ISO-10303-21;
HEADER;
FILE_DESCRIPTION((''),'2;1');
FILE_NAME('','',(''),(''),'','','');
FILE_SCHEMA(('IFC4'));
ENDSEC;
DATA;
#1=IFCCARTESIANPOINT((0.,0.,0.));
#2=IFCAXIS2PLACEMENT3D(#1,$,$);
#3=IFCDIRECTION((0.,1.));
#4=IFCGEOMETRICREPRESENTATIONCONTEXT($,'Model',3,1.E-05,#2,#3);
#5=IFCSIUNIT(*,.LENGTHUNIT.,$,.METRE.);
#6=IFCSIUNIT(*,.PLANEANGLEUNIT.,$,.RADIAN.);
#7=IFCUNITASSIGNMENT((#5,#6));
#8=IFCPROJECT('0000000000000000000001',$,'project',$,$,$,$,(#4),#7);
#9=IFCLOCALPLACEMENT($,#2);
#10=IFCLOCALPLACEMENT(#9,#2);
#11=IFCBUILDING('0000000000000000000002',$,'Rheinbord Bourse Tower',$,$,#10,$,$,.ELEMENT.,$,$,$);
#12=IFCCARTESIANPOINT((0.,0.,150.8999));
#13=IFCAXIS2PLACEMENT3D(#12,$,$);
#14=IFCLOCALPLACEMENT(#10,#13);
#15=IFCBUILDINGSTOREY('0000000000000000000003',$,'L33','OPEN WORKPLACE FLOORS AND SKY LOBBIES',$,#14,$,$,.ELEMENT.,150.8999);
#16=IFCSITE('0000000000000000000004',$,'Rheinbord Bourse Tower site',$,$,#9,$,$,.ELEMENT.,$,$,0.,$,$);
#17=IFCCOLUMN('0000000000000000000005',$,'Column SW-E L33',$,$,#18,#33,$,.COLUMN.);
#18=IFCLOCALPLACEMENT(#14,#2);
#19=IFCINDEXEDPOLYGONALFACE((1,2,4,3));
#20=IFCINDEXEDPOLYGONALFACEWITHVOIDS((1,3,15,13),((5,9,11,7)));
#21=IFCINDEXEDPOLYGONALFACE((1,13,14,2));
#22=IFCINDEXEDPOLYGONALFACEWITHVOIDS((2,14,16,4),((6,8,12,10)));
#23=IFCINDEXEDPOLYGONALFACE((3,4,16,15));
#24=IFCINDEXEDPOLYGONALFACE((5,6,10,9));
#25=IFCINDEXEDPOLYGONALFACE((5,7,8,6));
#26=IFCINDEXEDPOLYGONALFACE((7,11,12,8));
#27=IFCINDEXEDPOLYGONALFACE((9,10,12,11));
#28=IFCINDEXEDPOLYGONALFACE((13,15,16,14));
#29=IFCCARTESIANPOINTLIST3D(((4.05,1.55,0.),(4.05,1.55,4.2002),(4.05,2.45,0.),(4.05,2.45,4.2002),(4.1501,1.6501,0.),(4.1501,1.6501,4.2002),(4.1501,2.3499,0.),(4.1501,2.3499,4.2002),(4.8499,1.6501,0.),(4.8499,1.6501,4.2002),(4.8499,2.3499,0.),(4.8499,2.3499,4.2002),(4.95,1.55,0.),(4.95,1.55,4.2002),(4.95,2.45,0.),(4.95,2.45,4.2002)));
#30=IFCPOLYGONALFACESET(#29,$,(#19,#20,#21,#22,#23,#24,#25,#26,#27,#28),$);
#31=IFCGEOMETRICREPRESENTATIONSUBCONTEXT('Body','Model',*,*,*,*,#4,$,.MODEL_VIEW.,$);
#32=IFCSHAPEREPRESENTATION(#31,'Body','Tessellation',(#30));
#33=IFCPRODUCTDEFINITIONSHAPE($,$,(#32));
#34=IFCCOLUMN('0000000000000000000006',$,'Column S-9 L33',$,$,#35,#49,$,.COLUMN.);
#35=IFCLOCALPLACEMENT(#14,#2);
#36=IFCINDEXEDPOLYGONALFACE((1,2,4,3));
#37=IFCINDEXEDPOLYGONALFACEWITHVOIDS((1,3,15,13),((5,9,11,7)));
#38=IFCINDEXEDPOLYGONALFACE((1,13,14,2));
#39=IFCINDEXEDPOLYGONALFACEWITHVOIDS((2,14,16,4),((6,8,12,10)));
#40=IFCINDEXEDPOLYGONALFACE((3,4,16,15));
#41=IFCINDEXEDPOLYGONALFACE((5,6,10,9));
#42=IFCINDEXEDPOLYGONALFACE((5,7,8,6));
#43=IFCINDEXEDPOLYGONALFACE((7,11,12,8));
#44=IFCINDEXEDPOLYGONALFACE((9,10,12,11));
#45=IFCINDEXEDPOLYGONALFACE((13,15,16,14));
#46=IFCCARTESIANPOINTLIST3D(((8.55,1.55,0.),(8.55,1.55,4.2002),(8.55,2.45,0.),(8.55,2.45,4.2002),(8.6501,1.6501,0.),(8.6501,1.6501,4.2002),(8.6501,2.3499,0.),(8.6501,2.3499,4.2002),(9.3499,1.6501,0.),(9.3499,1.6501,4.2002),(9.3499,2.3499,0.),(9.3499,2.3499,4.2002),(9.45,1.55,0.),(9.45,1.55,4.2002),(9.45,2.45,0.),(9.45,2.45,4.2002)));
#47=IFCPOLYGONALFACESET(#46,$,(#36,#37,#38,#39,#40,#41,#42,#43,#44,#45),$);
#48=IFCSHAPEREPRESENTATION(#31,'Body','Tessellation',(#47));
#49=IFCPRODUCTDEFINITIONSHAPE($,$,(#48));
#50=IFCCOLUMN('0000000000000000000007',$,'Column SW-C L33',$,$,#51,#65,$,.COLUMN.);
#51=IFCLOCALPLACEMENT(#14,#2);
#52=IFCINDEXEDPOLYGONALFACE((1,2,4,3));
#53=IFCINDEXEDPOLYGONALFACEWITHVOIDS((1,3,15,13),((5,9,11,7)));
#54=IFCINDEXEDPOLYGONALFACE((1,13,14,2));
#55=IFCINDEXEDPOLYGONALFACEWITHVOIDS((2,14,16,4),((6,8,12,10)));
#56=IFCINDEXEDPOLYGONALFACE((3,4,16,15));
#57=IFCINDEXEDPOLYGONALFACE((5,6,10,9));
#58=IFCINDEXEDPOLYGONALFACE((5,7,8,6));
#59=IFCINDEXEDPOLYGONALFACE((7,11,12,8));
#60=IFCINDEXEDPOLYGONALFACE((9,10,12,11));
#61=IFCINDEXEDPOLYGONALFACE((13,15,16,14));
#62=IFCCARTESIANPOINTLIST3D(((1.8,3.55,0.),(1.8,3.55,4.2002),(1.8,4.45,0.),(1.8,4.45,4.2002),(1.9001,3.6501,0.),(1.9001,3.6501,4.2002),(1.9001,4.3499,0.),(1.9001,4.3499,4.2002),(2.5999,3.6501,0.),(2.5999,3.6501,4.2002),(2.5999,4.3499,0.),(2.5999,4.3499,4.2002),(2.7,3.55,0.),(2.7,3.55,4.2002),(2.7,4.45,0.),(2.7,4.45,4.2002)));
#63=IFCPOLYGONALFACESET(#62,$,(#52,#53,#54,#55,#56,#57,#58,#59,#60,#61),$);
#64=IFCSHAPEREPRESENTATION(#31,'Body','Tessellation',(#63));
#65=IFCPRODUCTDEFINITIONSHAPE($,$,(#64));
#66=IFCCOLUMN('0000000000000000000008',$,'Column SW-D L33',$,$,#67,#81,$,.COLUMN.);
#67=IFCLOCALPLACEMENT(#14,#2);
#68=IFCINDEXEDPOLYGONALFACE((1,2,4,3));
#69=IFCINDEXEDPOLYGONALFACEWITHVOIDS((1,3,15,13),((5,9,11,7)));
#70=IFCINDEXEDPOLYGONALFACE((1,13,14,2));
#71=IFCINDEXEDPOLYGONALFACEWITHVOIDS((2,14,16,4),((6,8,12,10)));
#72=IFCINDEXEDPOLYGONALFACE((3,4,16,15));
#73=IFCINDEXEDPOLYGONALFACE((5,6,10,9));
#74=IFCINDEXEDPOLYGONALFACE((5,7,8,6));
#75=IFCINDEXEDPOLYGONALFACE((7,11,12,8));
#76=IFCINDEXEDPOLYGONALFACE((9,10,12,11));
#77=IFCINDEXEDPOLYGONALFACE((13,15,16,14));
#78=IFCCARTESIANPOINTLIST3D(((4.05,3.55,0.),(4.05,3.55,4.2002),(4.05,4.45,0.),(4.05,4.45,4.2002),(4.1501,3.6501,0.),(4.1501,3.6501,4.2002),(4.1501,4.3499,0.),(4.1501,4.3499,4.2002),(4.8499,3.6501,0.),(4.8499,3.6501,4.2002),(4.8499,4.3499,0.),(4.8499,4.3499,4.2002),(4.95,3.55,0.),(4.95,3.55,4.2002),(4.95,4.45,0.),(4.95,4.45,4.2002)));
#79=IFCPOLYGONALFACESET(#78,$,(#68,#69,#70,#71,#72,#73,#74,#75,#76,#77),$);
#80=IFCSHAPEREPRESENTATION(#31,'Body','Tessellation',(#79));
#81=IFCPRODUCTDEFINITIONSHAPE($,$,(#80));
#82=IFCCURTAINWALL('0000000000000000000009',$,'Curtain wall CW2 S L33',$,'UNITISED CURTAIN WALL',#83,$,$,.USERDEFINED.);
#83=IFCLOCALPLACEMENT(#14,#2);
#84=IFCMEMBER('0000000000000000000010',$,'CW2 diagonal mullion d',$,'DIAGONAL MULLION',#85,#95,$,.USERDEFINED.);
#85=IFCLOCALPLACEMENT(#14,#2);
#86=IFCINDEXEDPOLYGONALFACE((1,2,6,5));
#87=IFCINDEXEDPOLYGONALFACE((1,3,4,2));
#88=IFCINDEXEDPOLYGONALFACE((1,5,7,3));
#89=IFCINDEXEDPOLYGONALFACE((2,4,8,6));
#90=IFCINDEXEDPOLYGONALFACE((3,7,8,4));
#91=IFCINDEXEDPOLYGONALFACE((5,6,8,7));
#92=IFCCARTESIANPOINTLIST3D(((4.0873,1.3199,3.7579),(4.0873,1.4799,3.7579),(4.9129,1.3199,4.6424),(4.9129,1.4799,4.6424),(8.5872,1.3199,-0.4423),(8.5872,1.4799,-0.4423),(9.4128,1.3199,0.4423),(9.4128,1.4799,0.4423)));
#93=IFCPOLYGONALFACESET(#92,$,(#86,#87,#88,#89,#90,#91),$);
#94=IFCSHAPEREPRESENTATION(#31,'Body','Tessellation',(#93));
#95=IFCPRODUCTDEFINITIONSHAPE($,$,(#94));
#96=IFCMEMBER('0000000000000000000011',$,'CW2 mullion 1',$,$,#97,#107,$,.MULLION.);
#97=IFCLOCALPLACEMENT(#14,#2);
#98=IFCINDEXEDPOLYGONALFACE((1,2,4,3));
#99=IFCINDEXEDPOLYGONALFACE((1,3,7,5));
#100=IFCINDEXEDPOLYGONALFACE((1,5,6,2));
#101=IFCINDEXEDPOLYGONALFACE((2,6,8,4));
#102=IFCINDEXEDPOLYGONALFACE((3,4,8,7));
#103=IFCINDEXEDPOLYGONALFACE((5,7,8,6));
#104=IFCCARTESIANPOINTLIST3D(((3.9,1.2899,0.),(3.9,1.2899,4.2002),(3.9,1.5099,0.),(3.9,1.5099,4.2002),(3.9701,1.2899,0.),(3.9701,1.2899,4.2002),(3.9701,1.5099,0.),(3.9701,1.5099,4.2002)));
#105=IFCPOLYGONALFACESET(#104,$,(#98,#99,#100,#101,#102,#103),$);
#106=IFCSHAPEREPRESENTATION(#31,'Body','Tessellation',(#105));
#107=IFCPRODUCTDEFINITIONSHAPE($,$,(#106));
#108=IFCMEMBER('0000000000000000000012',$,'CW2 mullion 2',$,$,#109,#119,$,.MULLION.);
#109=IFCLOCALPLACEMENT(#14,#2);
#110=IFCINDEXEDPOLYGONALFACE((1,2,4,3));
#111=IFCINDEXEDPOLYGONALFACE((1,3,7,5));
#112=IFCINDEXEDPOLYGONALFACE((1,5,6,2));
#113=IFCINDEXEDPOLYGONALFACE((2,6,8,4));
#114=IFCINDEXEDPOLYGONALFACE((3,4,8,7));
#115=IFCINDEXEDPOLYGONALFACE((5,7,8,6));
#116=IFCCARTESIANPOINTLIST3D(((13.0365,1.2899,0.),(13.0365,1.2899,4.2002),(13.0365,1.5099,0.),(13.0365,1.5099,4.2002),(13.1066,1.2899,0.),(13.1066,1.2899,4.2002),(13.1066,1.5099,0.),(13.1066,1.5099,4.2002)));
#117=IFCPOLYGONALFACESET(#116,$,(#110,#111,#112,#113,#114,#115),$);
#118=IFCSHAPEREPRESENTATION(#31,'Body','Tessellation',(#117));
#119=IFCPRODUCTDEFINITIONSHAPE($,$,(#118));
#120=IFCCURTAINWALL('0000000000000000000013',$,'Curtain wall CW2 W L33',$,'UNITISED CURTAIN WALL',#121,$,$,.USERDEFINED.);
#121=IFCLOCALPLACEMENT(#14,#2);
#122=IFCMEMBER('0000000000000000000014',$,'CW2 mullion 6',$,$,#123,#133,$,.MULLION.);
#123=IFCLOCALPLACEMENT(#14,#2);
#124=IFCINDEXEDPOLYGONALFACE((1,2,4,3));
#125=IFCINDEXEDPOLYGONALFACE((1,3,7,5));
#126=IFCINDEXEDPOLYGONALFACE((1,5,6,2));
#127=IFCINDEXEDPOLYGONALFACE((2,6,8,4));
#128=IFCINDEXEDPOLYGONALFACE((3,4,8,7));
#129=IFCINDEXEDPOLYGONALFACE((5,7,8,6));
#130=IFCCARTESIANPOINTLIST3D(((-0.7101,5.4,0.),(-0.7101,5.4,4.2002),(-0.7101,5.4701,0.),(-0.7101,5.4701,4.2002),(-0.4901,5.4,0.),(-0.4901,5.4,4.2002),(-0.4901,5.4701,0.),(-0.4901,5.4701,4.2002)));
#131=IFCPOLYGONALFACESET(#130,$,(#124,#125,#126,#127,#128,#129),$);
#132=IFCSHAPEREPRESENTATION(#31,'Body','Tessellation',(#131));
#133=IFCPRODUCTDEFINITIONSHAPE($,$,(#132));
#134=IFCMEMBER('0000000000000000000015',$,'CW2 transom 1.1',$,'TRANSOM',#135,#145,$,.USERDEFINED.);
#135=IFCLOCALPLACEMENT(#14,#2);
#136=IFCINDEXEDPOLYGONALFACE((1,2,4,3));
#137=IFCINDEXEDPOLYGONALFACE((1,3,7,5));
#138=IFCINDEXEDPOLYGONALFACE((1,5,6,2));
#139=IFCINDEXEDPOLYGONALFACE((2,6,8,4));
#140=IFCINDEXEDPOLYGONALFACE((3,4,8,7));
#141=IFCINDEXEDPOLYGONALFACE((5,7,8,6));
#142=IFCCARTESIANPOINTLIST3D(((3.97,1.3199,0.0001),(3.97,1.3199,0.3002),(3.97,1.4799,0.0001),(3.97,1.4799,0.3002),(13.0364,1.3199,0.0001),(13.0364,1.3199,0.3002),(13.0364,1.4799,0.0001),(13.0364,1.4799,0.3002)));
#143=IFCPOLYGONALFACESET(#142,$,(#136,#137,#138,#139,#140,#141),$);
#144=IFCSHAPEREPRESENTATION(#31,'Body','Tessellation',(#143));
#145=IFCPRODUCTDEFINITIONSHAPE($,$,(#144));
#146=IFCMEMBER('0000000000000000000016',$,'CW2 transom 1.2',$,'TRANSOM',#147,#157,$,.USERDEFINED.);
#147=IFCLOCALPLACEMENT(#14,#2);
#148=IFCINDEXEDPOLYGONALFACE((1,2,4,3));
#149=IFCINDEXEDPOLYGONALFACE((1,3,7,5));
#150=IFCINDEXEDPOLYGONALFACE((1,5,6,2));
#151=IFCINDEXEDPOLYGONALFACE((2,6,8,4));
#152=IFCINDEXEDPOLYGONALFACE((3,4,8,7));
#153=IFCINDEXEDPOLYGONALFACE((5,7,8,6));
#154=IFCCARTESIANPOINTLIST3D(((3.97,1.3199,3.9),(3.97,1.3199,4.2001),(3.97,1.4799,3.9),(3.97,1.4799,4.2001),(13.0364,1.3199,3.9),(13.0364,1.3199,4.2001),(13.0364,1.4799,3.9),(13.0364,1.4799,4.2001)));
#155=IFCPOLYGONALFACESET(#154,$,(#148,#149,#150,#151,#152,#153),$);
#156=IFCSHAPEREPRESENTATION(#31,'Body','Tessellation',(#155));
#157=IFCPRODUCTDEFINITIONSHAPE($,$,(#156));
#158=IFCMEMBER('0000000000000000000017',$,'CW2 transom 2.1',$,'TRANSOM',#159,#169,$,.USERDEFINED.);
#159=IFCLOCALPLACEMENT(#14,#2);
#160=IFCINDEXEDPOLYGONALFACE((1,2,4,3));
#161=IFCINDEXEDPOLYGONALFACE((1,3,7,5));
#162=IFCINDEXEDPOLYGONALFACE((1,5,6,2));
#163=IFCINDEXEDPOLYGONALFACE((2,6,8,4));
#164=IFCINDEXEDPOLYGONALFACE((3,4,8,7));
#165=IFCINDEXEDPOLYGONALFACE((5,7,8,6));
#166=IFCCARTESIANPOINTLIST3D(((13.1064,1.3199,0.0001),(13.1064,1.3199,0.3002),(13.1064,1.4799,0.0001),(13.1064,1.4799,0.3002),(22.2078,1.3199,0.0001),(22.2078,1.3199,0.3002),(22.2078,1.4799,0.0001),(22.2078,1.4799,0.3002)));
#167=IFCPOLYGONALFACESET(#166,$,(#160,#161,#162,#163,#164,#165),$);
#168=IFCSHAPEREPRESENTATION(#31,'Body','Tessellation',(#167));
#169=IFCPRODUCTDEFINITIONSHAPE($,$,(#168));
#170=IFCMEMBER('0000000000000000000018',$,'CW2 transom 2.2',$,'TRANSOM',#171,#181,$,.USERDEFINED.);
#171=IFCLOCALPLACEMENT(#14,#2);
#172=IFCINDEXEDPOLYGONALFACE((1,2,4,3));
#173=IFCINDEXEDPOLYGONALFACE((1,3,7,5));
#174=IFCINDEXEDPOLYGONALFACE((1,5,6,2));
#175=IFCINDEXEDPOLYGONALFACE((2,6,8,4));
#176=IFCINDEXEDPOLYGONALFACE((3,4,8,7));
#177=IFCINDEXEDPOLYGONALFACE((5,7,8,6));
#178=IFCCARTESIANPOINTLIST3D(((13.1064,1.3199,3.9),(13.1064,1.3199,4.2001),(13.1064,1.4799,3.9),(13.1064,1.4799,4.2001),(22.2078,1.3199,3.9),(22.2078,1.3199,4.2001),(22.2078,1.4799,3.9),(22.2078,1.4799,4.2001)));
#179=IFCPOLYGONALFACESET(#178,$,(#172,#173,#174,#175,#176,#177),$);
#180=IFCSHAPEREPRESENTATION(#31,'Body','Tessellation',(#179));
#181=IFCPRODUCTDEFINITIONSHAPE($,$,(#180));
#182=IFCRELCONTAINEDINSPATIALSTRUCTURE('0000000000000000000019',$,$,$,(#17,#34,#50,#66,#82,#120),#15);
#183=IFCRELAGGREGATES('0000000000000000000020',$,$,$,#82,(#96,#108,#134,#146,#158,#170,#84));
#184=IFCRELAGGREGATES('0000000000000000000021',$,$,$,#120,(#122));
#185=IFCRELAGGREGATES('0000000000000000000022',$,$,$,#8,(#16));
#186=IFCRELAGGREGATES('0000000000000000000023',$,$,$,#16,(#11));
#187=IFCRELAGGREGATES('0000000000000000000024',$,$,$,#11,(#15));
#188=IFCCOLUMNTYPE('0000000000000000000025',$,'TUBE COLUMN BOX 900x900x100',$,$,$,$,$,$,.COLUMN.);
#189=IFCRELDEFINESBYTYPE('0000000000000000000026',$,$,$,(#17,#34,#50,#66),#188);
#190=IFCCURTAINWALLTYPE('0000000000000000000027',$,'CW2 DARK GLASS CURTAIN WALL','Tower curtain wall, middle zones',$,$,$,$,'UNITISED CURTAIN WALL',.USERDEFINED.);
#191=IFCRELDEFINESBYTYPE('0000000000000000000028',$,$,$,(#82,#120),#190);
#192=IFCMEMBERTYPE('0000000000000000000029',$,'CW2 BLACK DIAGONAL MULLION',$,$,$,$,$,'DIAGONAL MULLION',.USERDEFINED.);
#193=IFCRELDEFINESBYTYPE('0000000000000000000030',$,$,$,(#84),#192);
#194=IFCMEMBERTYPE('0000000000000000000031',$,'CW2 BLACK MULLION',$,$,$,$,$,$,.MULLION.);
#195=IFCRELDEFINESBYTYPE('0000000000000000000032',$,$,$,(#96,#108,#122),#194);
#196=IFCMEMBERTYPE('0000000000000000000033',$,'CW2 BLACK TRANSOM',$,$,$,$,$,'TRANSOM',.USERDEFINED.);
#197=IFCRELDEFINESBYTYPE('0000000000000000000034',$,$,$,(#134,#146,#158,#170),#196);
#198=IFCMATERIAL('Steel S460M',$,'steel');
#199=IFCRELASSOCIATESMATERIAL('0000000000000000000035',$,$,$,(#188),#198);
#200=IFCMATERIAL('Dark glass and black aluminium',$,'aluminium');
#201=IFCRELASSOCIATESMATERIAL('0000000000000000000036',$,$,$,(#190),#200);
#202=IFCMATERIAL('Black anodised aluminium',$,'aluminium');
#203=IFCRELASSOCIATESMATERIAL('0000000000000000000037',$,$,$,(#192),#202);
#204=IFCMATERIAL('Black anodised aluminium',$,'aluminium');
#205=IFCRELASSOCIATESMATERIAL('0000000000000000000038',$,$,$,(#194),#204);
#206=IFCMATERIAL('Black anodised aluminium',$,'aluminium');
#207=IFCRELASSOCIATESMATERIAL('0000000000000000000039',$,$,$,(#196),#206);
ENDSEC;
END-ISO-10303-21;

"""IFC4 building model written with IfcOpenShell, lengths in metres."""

from ifc_helpers import new_model, si_unit, direction, frame, origin, origin_2d, place, context, subcontext, project, spatial, rectangle, hollow_rectangle, extrude, material, material_profile, profile_set, type_object, element, aggregate, save


model = new_model("IFC4")

# Units and contexts
model_context = context("Model", 3, precision=1e-05, world=origin(), true_north=direction((0.0, 1.0)))
body_context = subcontext(model_context, "Body", "Model", "MODEL_VIEW")
ifc_project = project(units=[si_unit("LENGTHUNIT", "METRE"), si_unit("PLANEANGLEUNIT", "RADIAN")], contexts=[model_context])

# Site, building, storey
site_placement = place(None, origin())
site = spatial("IfcSite", under=ifc_project, at=site_placement, Name="Rheinbord Bourse Tower site", CompositionType="ELEMENT", RefElevation=0.0)
building_placement = place(site_placement, origin())
building = spatial("IfcBuilding", under=site, at=building_placement, Name="Rheinbord Bourse Tower", CompositionType="ELEMENT")
storey_placement = place(building_placement, frame((0.0, 0.0, 150.8999)))
storey = spatial("IfcBuildingStorey", under=building, at=storey_placement, Name="L33", Description="OPEN WORKPLACE FLOORS AND SKY LOBBIES", CompositionType="ELEMENT", Elevation=150.8999)

# Columns
ifc_material_1 = material(Name="Steel S460M", Category="steel")
ifc_material_profile_1 = material_profile(ifc_material_1, hollow_rectangle(XDim=0.8999, YDim=0.8999, WallThickness=0.1001, at=origin_2d()), Name="BOX 900x900x100")
ifc_profile_set_1 = profile_set([ifc_material_profile_1], Name="Steel S460M")
column_type = type_object("IfcColumnType", Name="TUBE COLUMN BOX 900x900x100", PredefinedType="COLUMN", material=ifc_profile_set_1)
for number, where, z_axis, x_axis, name in (
    (1, (4.5, 2.0, 0.0), (0.0, 0.0, 1.0), (0.0, 1.0, 0.0), "Column SW-E L33"),
    (2, (9.0, 2.0, 0.0), (0.0, 0.0, 1.0), (0.0, 1.0, 0.0), "Column S-9 L33"),
    (3, (2.25, 4.0, 0.0), (0.0, 0.0, 1.0), (1.0, 0.0, 0.0), "Column SW-C L33"),
    (4, (4.5, 4.0, 0.0), (0.0, 0.0, 1.0), (0.0, 1.0, 0.0), "Column SW-D L33"),
):
    element("IfcColumn", number, at=place(storey_placement, frame(where, z_axis=z_axis, x_axis=x_axis)), inside=storey, type_object=column_type, Name=name, PredefinedType="COLUMN", context=body_context, shape_type="SweptSolid", body=[
        extrude(hollow_rectangle(XDim=0.8999, YDim=0.8999, WallThickness=0.1001, at=origin_2d()), origin(), (0.0, 0.0, 1.0), 4.2002),
    ])

# Curtain wall, members
ifc_material_2 = material(Name="Dark glass and black aluminium", Category="aluminium")
curtain_wall_type = type_object("IfcCurtainWallType", Name="CW2 DARK GLASS CURTAIN WALL", Description="Tower curtain wall, middle zones", ElementType="UNITISED CURTAIN WALL", PredefinedType="USERDEFINED", material=ifc_material_2)
curtain_wall_1_placement = place(storey_placement, origin())
curtain_wall_1 = element("IfcCurtainWall", 5, at=curtain_wall_1_placement, inside=storey, type_object=curtain_wall_type, Name="Curtain wall CW2 S L33", ObjectType="UNITISED CURTAIN WALL", PredefinedType="USERDEFINED")
ifc_material_3 = material(Name="Black anodised aluminium", Category="aluminium")
ifc_material_profile_2 = material_profile(ifc_material_3, rectangle(XDim=0.1599, YDim=1.21, at=origin_2d()), Name="CW2 DIAGONAL MULLION 1210x160")
ifc_profile_set_2 = profile_set([ifc_material_profile_2], Name="Black anodised aluminium")
member_type_1 = type_object("IfcMemberType", Name="CW2 BLACK DIAGONAL MULLION", ElementType="DIAGONAL MULLION", PredefinedType="USERDEFINED", material=ifc_profile_set_2)
member_1_placement = place(storey_placement, frame((9.0, 1.3999, 0.0), z_axis=(-0.731039, 0.0, 0.682335), x_axis=(0.0, -1.0, 0.0)))
member_1 = element("IfcMember", 6, at=member_1_placement, type_object=member_type_1, Name="CW2 diagonal mullion d", ObjectType="DIAGONAL MULLION", PredefinedType="USERDEFINED", context=body_context, shape_type="SweptSolid", body=[
    extrude(rectangle(XDim=0.1599, YDim=1.21, at=origin_2d()), origin(), (0.0, 0.0, 1.0), 6.1555),
])
ifc_material_4 = material(Name="Black anodised aluminium", Category="aluminium")
ifc_material_profile_3 = material_profile(ifc_material_4, rectangle(XDim=0.22, YDim=0.0701, at=origin_2d()), Name="CW2 MULLION 70x220")
ifc_profile_set_3 = profile_set([ifc_material_profile_3], Name="Black anodised aluminium")
member_type_2 = type_object("IfcMemberType", Name="CW2 BLACK MULLION", PredefinedType="MULLION", material=ifc_profile_set_3)
member_2_placement = place(storey_placement, frame((3.9351, 1.3999, 0.0), z_axis=(0.0, 0.0, 1.0), x_axis=(0.0, 1.0, 0.0)))
member_2 = element("IfcMember", 7, at=member_2_placement, type_object=member_type_2, Name="CW2 mullion 1", PredefinedType="MULLION", context=body_context, shape_type="SweptSolid", body=[
    extrude(rectangle(XDim=0.22, YDim=0.0701, at=origin_2d()), origin(), (0.0, 0.0, 1.0), 4.2002),
])
member_3_placement = place(storey_placement, frame((13.0715, 1.3999, 0.0), z_axis=(0.0, 0.0, 1.0), x_axis=(0.0, 1.0, 0.0)))
member_3 = element("IfcMember", 8, at=member_3_placement, type_object=member_type_2, Name="CW2 mullion 2", PredefinedType="MULLION", context=body_context, shape_type="SweptSolid", body=[
    extrude(rectangle(XDim=0.22, YDim=0.0701, at=origin_2d()), origin(), (0.0, 0.0, 1.0), 4.2002),
])

# Curtain wall, member
curtain_wall_2_placement = place(storey_placement, origin())
curtain_wall_2 = element("IfcCurtainWall", 9, at=curtain_wall_2_placement, inside=storey, type_object=curtain_wall_type, Name="Curtain wall CW2 W L33", ObjectType="UNITISED CURTAIN WALL", PredefinedType="USERDEFINED")
member_4_placement = place(storey_placement, frame((-0.6001, 5.4351, 0.0), z_axis=(0.0, 0.0, 1.0), x_axis=(1.0, 0.0, 0.0)))
member_4 = element("IfcMember", 10, at=member_4_placement, type_object=member_type_2, Name="CW2 mullion 6", PredefinedType="MULLION", context=body_context, shape_type="SweptSolid", body=[
    extrude(rectangle(XDim=0.22, YDim=0.0701, at=origin_2d()), origin(), (0.0, 0.0, 1.0), 4.2002),
])

# Members
ifc_material_5 = material(Name="Black anodised aluminium", Category="aluminium")
ifc_material_profile_4 = material_profile(ifc_material_5, rectangle(XDim=0.1599, YDim=0.3, at=origin_2d()), Name="CW2 TRANSOM 300x160")
ifc_profile_set_4 = profile_set([ifc_material_profile_4], Name="Black anodised aluminium")
member_type_3 = type_object("IfcMemberType", Name="CW2 BLACK TRANSOM", ElementType="TRANSOM", PredefinedType="USERDEFINED", material=ifc_profile_set_4)
member_5_placement = place(storey_placement, frame((3.97, 1.3999, 0.1501), z_axis=(1.0, 0.0, 0.0), x_axis=(0.0, 1.0, 0.0)))
member_5 = element("IfcMember", 11, at=member_5_placement, type_object=member_type_3, Name="CW2 transom 1.1", ObjectType="TRANSOM", PredefinedType="USERDEFINED", context=body_context, shape_type="SweptSolid", body=[
    extrude(rectangle(XDim=0.1599, YDim=0.3, at=origin_2d()), origin(), (0.0, 0.0, 1.0), 9.0664),
])
member_6_placement = place(storey_placement, frame((3.97, 1.3999, 4.05), z_axis=(1.0, 0.0, 0.0), x_axis=(0.0, 1.0, 0.0)))
member_6 = element("IfcMember", 12, at=member_6_placement, type_object=member_type_3, Name="CW2 transom 1.2", ObjectType="TRANSOM", PredefinedType="USERDEFINED", context=body_context, shape_type="SweptSolid", body=[
    extrude(rectangle(XDim=0.1599, YDim=0.3, at=origin_2d()), origin(), (0.0, 0.0, 1.0), 9.0664),
])
member_7_placement = place(storey_placement, frame((13.1064, 1.3999, 0.1501), z_axis=(1.0, 0.0, 0.0), x_axis=(0.0, 1.0, 0.0)))
member_7 = element("IfcMember", 13, at=member_7_placement, type_object=member_type_3, Name="CW2 transom 2.1", ObjectType="TRANSOM", PredefinedType="USERDEFINED", context=body_context, shape_type="SweptSolid", body=[
    extrude(rectangle(XDim=0.1599, YDim=0.3, at=origin_2d()), origin(), (0.0, 0.0, 1.0), 9.1013),
])
member_8_placement = place(storey_placement, frame((13.1064, 1.3999, 4.05), z_axis=(1.0, 0.0, 0.0), x_axis=(0.0, 1.0, 0.0)))
member_8 = element("IfcMember", 14, at=member_8_placement, type_object=member_type_3, Name="CW2 transom 2.2", ObjectType="TRANSOM", PredefinedType="USERDEFINED", context=body_context, shape_type="SweptSolid", body=[
    extrude(rectangle(XDim=0.1599, YDim=0.3, at=origin_2d()), origin(), (0.0, 0.0, 1.0), 9.1013),
])

aggregate(curtain_wall_1, [member_2, member_3, member_5, member_6, member_7, member_8, member_1])
aggregate(curtain_wall_2, [member_4])

save(model, "model.ifc")
